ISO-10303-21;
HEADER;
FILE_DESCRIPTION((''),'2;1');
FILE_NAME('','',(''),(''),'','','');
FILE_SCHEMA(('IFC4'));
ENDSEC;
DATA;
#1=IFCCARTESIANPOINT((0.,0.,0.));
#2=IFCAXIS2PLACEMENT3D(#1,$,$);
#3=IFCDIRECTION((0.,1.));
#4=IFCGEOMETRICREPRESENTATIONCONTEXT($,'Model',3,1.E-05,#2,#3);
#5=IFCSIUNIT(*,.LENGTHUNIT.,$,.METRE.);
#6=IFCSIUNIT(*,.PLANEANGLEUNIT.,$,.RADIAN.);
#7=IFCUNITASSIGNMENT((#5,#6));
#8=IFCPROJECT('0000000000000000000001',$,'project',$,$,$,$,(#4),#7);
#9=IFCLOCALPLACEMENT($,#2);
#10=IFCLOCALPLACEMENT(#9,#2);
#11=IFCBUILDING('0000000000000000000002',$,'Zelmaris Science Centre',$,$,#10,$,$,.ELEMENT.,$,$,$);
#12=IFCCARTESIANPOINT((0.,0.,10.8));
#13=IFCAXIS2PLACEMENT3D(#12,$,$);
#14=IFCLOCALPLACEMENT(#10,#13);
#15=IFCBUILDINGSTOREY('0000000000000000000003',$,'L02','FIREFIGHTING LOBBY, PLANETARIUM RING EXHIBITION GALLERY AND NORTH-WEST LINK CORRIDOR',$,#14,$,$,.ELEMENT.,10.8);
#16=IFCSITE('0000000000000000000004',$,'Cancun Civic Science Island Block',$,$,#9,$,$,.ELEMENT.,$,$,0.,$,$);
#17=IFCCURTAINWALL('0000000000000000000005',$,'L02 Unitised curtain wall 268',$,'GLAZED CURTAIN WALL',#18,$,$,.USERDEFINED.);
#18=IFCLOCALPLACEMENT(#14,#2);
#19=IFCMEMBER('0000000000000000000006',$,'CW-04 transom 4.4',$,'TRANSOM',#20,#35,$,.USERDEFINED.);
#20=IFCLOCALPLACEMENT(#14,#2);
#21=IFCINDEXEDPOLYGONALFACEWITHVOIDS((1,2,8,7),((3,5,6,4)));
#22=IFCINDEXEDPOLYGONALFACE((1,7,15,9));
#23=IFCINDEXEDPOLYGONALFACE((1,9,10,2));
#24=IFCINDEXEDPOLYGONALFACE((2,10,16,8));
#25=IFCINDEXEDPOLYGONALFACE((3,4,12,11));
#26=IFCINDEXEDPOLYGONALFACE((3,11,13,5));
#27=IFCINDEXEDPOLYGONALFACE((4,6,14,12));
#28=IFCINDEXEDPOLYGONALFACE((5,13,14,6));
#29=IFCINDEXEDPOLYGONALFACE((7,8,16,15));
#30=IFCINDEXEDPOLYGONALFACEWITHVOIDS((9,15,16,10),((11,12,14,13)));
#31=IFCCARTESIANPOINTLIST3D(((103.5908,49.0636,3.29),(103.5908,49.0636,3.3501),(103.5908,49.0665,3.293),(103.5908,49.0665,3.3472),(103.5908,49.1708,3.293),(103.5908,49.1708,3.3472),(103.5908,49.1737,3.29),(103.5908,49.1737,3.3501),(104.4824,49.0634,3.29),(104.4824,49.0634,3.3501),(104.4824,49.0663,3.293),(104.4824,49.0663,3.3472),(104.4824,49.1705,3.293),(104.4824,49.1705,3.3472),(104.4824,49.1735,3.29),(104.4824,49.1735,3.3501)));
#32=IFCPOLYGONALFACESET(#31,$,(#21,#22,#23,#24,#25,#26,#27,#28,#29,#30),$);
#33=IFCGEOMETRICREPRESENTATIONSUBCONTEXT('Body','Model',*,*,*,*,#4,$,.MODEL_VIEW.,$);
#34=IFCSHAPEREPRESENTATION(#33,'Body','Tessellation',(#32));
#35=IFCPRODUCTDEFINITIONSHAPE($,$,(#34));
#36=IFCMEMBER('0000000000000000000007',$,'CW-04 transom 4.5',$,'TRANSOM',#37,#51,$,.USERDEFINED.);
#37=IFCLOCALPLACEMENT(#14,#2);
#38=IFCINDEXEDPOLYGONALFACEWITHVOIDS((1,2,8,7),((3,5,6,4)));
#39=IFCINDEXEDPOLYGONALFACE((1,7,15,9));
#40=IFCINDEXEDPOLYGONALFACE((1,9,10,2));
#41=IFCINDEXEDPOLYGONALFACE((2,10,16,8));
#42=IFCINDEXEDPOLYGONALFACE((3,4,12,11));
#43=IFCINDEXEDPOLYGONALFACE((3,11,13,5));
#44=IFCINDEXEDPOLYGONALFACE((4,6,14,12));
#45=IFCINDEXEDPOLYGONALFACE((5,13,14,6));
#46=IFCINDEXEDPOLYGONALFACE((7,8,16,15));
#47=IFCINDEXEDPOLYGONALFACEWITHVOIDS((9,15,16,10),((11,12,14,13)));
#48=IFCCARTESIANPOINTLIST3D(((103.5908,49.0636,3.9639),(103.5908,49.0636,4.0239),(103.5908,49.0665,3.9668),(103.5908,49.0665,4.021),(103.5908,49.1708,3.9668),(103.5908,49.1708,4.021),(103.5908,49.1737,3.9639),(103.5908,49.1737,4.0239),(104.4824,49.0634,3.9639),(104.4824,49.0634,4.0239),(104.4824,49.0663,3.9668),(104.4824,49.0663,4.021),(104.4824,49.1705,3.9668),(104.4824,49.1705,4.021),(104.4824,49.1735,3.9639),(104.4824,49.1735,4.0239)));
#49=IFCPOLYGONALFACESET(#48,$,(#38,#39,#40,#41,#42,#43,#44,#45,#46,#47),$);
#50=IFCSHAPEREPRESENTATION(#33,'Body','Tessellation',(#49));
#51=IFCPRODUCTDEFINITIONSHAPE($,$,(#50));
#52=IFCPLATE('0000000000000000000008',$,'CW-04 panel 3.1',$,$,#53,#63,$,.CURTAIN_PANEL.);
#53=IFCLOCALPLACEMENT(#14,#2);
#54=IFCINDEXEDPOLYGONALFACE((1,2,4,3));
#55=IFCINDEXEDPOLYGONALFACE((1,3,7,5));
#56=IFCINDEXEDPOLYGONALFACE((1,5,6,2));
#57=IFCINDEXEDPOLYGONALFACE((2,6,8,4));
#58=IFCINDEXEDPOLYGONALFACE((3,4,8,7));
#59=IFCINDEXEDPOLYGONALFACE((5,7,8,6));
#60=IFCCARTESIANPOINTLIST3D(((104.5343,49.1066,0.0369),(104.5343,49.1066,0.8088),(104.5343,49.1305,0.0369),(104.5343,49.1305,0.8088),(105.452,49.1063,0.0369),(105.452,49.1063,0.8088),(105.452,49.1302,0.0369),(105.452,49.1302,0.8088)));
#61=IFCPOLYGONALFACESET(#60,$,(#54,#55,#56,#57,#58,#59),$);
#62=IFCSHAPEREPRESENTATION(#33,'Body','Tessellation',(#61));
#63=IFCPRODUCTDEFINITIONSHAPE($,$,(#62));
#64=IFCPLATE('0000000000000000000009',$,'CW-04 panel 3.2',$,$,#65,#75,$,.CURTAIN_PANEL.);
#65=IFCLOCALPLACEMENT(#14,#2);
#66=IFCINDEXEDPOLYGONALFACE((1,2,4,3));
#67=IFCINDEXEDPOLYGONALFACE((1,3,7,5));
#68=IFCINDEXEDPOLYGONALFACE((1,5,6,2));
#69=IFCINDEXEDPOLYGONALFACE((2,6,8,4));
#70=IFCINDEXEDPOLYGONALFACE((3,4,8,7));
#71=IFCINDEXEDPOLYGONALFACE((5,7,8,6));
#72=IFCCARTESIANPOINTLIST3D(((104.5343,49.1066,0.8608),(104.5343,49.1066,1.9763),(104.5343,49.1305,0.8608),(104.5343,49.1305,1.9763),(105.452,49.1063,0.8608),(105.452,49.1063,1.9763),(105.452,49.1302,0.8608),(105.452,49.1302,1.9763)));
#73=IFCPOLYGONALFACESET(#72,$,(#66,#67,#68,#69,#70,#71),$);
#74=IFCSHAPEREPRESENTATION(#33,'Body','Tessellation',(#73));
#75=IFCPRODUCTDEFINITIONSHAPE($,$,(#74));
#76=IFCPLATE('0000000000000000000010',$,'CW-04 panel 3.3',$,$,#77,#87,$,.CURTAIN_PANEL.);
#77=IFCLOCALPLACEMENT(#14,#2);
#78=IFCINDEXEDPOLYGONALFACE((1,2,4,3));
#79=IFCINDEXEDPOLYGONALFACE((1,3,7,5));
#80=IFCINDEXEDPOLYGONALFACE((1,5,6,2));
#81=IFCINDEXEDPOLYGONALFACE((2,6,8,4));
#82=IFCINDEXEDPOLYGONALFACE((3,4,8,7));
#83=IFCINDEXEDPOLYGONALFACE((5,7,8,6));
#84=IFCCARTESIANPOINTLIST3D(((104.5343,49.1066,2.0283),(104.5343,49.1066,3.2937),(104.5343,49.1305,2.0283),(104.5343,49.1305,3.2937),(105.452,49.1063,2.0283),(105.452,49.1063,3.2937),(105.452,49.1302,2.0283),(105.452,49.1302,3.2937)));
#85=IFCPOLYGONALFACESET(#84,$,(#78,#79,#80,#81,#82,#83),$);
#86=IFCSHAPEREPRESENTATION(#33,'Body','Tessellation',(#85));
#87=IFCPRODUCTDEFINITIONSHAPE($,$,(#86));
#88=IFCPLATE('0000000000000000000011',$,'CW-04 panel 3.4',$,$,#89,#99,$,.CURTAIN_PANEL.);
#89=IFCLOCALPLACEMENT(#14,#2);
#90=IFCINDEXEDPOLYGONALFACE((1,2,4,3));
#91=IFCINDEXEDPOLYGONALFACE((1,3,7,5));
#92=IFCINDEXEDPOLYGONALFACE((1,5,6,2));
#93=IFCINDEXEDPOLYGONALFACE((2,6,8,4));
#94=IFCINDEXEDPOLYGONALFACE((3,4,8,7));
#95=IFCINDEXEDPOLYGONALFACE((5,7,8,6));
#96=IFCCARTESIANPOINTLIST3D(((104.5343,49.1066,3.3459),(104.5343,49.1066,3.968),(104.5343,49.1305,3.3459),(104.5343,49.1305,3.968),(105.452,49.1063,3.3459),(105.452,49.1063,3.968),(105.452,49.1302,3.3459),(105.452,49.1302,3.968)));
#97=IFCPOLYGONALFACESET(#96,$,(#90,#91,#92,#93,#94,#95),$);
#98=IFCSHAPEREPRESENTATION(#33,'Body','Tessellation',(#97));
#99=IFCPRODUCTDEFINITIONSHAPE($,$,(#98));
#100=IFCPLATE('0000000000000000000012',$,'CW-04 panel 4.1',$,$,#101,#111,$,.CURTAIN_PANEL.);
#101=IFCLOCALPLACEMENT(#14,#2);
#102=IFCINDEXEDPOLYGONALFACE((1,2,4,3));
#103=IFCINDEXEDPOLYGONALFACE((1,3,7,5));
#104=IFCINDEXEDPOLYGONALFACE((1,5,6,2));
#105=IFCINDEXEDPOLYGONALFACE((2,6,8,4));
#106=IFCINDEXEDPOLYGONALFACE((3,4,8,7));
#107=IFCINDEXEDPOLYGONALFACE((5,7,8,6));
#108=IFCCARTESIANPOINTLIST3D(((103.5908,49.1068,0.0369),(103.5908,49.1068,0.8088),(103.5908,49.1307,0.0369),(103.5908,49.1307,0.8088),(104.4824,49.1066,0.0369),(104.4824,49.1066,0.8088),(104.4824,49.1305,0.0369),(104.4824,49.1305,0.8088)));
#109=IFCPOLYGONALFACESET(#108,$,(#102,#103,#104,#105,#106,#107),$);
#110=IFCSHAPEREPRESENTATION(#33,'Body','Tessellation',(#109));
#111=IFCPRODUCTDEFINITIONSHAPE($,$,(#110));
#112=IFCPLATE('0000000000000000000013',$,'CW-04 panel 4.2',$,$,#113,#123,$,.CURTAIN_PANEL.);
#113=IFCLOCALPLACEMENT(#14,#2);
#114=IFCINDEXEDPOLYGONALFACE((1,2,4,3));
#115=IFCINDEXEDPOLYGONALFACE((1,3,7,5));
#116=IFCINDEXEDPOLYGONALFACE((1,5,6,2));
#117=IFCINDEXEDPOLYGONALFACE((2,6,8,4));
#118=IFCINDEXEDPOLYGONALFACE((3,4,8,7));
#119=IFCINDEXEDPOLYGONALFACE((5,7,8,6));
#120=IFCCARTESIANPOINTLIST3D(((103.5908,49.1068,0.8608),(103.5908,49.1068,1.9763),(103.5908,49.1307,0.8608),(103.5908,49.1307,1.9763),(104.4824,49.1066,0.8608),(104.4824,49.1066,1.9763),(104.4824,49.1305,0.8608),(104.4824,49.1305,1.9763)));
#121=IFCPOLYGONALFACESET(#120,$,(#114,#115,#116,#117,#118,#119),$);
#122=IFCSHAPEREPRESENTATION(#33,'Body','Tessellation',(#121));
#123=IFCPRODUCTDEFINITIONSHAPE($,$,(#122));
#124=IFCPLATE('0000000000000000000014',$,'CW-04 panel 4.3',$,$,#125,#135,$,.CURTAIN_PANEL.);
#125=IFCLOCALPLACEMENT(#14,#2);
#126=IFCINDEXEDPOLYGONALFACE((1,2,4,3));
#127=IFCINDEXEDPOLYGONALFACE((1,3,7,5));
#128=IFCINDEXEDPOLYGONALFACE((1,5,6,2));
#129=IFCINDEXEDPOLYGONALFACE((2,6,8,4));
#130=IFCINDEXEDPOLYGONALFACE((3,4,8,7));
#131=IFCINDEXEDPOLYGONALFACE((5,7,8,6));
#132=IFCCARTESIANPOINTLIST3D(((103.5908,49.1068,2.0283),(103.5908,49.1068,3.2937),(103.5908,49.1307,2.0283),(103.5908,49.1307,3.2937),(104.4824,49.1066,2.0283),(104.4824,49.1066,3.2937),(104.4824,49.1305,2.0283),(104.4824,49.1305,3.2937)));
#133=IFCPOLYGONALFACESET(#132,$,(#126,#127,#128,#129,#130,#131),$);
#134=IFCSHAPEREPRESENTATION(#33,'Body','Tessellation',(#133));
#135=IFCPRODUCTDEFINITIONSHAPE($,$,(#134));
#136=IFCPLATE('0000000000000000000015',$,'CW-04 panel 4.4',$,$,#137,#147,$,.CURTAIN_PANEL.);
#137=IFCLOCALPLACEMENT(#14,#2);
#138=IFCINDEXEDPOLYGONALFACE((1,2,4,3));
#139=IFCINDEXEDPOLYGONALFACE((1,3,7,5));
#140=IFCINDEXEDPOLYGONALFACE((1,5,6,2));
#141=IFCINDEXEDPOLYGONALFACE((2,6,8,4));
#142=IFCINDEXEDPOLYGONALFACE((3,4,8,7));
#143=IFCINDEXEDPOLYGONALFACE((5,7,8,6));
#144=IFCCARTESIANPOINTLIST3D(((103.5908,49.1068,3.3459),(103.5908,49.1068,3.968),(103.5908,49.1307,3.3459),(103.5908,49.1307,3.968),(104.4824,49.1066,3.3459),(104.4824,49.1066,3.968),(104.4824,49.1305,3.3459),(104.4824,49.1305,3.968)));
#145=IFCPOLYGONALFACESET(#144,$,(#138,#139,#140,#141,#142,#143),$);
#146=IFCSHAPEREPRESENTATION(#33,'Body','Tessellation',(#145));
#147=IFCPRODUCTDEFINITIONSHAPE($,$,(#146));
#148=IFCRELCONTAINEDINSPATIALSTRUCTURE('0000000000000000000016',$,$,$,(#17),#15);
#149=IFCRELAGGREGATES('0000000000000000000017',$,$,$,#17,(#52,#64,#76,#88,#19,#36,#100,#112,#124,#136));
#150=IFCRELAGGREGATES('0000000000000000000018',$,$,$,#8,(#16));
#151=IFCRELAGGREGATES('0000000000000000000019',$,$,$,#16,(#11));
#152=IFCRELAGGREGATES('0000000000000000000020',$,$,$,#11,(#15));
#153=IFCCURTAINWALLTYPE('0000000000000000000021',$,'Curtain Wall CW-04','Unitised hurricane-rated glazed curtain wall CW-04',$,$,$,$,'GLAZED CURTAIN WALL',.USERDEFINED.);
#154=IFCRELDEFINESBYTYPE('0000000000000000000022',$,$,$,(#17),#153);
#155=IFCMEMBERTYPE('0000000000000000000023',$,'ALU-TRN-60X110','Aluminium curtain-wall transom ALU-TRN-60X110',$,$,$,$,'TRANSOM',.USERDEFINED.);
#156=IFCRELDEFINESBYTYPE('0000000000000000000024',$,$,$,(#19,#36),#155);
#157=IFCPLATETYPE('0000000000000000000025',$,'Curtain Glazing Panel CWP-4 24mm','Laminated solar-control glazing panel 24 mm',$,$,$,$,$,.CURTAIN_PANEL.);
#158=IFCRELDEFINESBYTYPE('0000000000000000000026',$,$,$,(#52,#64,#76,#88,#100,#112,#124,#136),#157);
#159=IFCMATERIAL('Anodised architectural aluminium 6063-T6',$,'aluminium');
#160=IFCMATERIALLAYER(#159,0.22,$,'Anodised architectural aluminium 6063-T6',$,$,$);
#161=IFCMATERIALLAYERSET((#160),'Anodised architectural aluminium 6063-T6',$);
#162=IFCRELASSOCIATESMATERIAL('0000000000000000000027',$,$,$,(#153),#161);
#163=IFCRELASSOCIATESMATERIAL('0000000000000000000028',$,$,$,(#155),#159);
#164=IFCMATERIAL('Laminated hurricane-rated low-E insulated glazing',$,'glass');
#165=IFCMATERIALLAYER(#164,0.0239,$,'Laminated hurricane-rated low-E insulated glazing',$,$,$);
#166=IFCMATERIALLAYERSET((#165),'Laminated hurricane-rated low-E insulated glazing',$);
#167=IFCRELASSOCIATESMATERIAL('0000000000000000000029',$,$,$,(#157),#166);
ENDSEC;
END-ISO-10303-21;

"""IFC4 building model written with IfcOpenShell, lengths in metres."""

from ifc_helpers import new_model, si_unit, direction, frame, origin, origin_2d, place, context, subcontext, project, spatial, rectangle, hollow_rectangle, extrude, material, layer, layer_set, material_profile, profile_set, type_object, element, aggregate, save


model = new_model("IFC4")

# Units and contexts
model_context = context("Model", 3, precision=1e-05, world=origin(), true_north=direction((0.0, 1.0)))
body_context = subcontext(model_context, "Body", "Model", "MODEL_VIEW")
ifc_project = project(units=[si_unit("LENGTHUNIT", "METRE"), si_unit("PLANEANGLEUNIT", "RADIAN")], contexts=[model_context])

# Site, building, storey
site_placement = place(None, origin())
site = spatial("IfcSite", under=ifc_project, at=site_placement, Name="Cancun Civic Science Island Block", CompositionType="ELEMENT", RefElevation=0.0)
building_placement = place(site_placement, origin())
building = spatial("IfcBuilding", under=site, at=building_placement, Name="Zelmaris Science Centre", CompositionType="ELEMENT")
storey_placement = place(building_placement, frame((0.0, 0.0, 10.8)))
storey = spatial("IfcBuildingStorey", under=building, at=storey_placement, Name="L02", Description="FIREFIGHTING LOBBY, PLANETARIUM RING EXHIBITION GALLERY AND NORTH-WEST LINK CORRIDOR", CompositionType="ELEMENT", Elevation=10.8)

# Curtain wall, members, plates
ifc_material_1 = material(Name="Anodised architectural aluminium 6063-T6", Category="aluminium")
ifc_layer_1 = layer(ifc_material_1, 0.22, Name="Anodised architectural aluminium 6063-T6")
ifc_layer_set_1 = layer_set([ifc_layer_1], Name="Anodised architectural aluminium 6063-T6")
curtain_wall_type = type_object("IfcCurtainWallType", Name="Curtain Wall CW-04", Description="Unitised hurricane-rated glazed curtain wall CW-04", ElementType="GLAZED CURTAIN WALL", PredefinedType="USERDEFINED", material=ifc_layer_set_1)
curtain_wall_placement = place(storey_placement, origin())
curtain_wall = element("IfcCurtainWall", 1, at=curtain_wall_placement, inside=storey, type_object=curtain_wall_type, Name="L02 Unitised curtain wall 268", ObjectType="GLAZED CURTAIN WALL", PredefinedType="USERDEFINED")
ifc_material_profile_1 = material_profile(ifc_material_1, hollow_rectangle(XDim=0.0601, YDim=0.1101, WallThickness=0.0029, at=origin_2d()), Name="ALU-TRN-60X110")
ifc_profile_set_1 = profile_set([ifc_material_profile_1], Name="Anodised architectural aluminium 6063-T6")
member_type_1 = type_object("IfcMemberType", Name="ALU-TRN-60X110", Description="Aluminium curtain-wall transom ALU-TRN-60X110", ElementType="TRANSOM", PredefinedType="USERDEFINED", material=ifc_profile_set_1)
member_1_placement = place(storey_placement, frame((104.4824, 49.1184, 3.3201), z_axis=(-1.0, 0.000274, 0.0), x_axis=(0.0, 0.0, 1.0)))
member_1 = element("IfcMember", 2, at=member_1_placement, type_object=member_type_1, Name="CW-04 transom 4.4", ObjectType="TRANSOM", PredefinedType="USERDEFINED", context=body_context, shape_type="SweptSolid", body=[
    extrude(hollow_rectangle(XDim=0.0601, YDim=0.1101, WallThickness=0.0029, at=origin_2d()), origin(), (0.0, 0.0, 1.0), 0.8916),
])
member_2_placement = place(storey_placement, frame((104.4824, 49.1184, 3.9939), z_axis=(-1.0, 0.000274, 0.0), x_axis=(0.0, 0.0, 1.0)))
member_2 = element("IfcMember", 3, at=member_2_placement, type_object=member_type_1, Name="CW-04 transom 4.5", ObjectType="TRANSOM", PredefinedType="USERDEFINED", context=body_context, shape_type="SweptSolid", body=[
    extrude(hollow_rectangle(XDim=0.0601, YDim=0.1101, WallThickness=0.0029, at=origin_2d()), origin(), (0.0, 0.0, 1.0), 0.8916),
])
ifc_material_2 = material(Name="Laminated hurricane-rated low-E insulated glazing", Category="glass")
ifc_layer_2 = layer(ifc_material_2, 0.0239, Name="Laminated hurricane-rated low-E insulated glazing")
ifc_layer_set_2 = layer_set([ifc_layer_2], Name="Laminated hurricane-rated low-E insulated glazing")
plate_type = type_object("IfcPlateType", Name="Curtain Glazing Panel CWP-4 24mm", Description="Laminated solar-control glazing panel 24 mm", PredefinedType="CURTAIN_PANEL", material=ifc_layer_set_2)
plate_1_placement = place(storey_placement, frame((104.9932, 49.1184, 0.0369), z_axis=(0.0, 0.0, 1.0), x_axis=(-1.0, 0.000284, 0.0)))
plate_1 = element("IfcPlate", 4, at=plate_1_placement, type_object=plate_type, Name="CW-04 panel 3.1", PredefinedType="CURTAIN_PANEL", context=body_context, shape_type="SweptSolid", body=[
    extrude(rectangle(XDim=0.9177, YDim=0.0239, at=origin_2d()), origin(), (0.0, 0.0, 1.0), 0.772),
])
plate_2_placement = place(storey_placement, frame((104.9932, 49.1184, 0.8608), z_axis=(0.0, 0.0, 1.0), x_axis=(-1.0, 0.000284, 0.0)))
plate_2 = element("IfcPlate", 5, at=plate_2_placement, type_object=plate_type, Name="CW-04 panel 3.2", PredefinedType="CURTAIN_PANEL", context=body_context, shape_type="SweptSolid", body=[
    extrude(rectangle(XDim=0.9177, YDim=0.0239, at=origin_2d()), origin(), (0.0, 0.0, 1.0), 1.1155),
])
plate_3_placement = place(storey_placement, frame((104.9932, 49.1184, 2.0283), z_axis=(0.0, 0.0, 1.0), x_axis=(-1.0, 0.000284, 0.0)))
plate_3 = element("IfcPlate", 6, at=plate_3_placement, type_object=plate_type, Name="CW-04 panel 3.3", PredefinedType="CURTAIN_PANEL", context=body_context, shape_type="SweptSolid", body=[
    extrude(rectangle(XDim=0.9177, YDim=0.0239, at=origin_2d()), origin(), (0.0, 0.0, 1.0), 1.2654),
])
plate_4_placement = place(storey_placement, frame((104.9932, 49.1184, 3.3459), z_axis=(0.0, 0.0, 1.0), x_axis=(-1.0, 0.000284, 0.0)))
plate_4 = element("IfcPlate", 7, at=plate_4_placement, type_object=plate_type, Name="CW-04 panel 3.4", PredefinedType="CURTAIN_PANEL", context=body_context, shape_type="SweptSolid", body=[
    extrude(rectangle(XDim=0.9177, YDim=0.0239, at=origin_2d()), origin(), (0.0, 0.0, 1.0), 0.6221),
])
plate_5_placement = place(storey_placement, frame((104.0366, 49.1187, 0.0369), z_axis=(0.0, 0.0, 1.0), x_axis=(-1.0, 0.000284, 0.0)))
plate_5 = element("IfcPlate", 8, at=plate_5_placement, type_object=plate_type, Name="CW-04 panel 4.1", PredefinedType="CURTAIN_PANEL", context=body_context, shape_type="SweptSolid", body=[
    extrude(rectangle(XDim=0.8916, YDim=0.0239, at=origin_2d()), origin(), (0.0, 0.0, 1.0), 0.772),
])
plate_6_placement = place(storey_placement, frame((104.0366, 49.1187, 0.8608), z_axis=(0.0, 0.0, 1.0), x_axis=(-1.0, 0.000284, 0.0)))
plate_6 = element("IfcPlate", 9, at=plate_6_placement, type_object=plate_type, Name="CW-04 panel 4.2", PredefinedType="CURTAIN_PANEL", context=body_context, shape_type="SweptSolid", body=[
    extrude(rectangle(XDim=0.8916, YDim=0.0239, at=origin_2d()), origin(), (0.0, 0.0, 1.0), 1.1155),
])
plate_7_placement = place(storey_placement, frame((104.0366, 49.1187, 2.0283), z_axis=(0.0, 0.0, 1.0), x_axis=(-1.0, 0.000284, 0.0)))
plate_7 = element("IfcPlate", 10, at=plate_7_placement, type_object=plate_type, Name="CW-04 panel 4.3", PredefinedType="CURTAIN_PANEL", context=body_context, shape_type="SweptSolid", body=[
    extrude(rectangle(XDim=0.8916, YDim=0.0239, at=origin_2d()), origin(), (0.0, 0.0, 1.0), 1.2654),
])
plate_8_placement = place(storey_placement, frame((104.0366, 49.1187, 3.3459), z_axis=(0.0, 0.0, 1.0), x_axis=(-1.0, 0.000284, 0.0)))
plate_8 = element("IfcPlate", 11, at=plate_8_placement, type_object=plate_type, Name="CW-04 panel 4.4", PredefinedType="CURTAIN_PANEL", context=body_context, shape_type="SweptSolid", body=[
    extrude(rectangle(XDim=0.8916, YDim=0.0239, at=origin_2d()), origin(), (0.0, 0.0, 1.0), 0.6221),
])
aggregate(curtain_wall, [plate_1, plate_2, plate_3, plate_4, member_1, member_2, plate_5, plate_6, plate_7, plate_8])

save(model, "model.ifc")
